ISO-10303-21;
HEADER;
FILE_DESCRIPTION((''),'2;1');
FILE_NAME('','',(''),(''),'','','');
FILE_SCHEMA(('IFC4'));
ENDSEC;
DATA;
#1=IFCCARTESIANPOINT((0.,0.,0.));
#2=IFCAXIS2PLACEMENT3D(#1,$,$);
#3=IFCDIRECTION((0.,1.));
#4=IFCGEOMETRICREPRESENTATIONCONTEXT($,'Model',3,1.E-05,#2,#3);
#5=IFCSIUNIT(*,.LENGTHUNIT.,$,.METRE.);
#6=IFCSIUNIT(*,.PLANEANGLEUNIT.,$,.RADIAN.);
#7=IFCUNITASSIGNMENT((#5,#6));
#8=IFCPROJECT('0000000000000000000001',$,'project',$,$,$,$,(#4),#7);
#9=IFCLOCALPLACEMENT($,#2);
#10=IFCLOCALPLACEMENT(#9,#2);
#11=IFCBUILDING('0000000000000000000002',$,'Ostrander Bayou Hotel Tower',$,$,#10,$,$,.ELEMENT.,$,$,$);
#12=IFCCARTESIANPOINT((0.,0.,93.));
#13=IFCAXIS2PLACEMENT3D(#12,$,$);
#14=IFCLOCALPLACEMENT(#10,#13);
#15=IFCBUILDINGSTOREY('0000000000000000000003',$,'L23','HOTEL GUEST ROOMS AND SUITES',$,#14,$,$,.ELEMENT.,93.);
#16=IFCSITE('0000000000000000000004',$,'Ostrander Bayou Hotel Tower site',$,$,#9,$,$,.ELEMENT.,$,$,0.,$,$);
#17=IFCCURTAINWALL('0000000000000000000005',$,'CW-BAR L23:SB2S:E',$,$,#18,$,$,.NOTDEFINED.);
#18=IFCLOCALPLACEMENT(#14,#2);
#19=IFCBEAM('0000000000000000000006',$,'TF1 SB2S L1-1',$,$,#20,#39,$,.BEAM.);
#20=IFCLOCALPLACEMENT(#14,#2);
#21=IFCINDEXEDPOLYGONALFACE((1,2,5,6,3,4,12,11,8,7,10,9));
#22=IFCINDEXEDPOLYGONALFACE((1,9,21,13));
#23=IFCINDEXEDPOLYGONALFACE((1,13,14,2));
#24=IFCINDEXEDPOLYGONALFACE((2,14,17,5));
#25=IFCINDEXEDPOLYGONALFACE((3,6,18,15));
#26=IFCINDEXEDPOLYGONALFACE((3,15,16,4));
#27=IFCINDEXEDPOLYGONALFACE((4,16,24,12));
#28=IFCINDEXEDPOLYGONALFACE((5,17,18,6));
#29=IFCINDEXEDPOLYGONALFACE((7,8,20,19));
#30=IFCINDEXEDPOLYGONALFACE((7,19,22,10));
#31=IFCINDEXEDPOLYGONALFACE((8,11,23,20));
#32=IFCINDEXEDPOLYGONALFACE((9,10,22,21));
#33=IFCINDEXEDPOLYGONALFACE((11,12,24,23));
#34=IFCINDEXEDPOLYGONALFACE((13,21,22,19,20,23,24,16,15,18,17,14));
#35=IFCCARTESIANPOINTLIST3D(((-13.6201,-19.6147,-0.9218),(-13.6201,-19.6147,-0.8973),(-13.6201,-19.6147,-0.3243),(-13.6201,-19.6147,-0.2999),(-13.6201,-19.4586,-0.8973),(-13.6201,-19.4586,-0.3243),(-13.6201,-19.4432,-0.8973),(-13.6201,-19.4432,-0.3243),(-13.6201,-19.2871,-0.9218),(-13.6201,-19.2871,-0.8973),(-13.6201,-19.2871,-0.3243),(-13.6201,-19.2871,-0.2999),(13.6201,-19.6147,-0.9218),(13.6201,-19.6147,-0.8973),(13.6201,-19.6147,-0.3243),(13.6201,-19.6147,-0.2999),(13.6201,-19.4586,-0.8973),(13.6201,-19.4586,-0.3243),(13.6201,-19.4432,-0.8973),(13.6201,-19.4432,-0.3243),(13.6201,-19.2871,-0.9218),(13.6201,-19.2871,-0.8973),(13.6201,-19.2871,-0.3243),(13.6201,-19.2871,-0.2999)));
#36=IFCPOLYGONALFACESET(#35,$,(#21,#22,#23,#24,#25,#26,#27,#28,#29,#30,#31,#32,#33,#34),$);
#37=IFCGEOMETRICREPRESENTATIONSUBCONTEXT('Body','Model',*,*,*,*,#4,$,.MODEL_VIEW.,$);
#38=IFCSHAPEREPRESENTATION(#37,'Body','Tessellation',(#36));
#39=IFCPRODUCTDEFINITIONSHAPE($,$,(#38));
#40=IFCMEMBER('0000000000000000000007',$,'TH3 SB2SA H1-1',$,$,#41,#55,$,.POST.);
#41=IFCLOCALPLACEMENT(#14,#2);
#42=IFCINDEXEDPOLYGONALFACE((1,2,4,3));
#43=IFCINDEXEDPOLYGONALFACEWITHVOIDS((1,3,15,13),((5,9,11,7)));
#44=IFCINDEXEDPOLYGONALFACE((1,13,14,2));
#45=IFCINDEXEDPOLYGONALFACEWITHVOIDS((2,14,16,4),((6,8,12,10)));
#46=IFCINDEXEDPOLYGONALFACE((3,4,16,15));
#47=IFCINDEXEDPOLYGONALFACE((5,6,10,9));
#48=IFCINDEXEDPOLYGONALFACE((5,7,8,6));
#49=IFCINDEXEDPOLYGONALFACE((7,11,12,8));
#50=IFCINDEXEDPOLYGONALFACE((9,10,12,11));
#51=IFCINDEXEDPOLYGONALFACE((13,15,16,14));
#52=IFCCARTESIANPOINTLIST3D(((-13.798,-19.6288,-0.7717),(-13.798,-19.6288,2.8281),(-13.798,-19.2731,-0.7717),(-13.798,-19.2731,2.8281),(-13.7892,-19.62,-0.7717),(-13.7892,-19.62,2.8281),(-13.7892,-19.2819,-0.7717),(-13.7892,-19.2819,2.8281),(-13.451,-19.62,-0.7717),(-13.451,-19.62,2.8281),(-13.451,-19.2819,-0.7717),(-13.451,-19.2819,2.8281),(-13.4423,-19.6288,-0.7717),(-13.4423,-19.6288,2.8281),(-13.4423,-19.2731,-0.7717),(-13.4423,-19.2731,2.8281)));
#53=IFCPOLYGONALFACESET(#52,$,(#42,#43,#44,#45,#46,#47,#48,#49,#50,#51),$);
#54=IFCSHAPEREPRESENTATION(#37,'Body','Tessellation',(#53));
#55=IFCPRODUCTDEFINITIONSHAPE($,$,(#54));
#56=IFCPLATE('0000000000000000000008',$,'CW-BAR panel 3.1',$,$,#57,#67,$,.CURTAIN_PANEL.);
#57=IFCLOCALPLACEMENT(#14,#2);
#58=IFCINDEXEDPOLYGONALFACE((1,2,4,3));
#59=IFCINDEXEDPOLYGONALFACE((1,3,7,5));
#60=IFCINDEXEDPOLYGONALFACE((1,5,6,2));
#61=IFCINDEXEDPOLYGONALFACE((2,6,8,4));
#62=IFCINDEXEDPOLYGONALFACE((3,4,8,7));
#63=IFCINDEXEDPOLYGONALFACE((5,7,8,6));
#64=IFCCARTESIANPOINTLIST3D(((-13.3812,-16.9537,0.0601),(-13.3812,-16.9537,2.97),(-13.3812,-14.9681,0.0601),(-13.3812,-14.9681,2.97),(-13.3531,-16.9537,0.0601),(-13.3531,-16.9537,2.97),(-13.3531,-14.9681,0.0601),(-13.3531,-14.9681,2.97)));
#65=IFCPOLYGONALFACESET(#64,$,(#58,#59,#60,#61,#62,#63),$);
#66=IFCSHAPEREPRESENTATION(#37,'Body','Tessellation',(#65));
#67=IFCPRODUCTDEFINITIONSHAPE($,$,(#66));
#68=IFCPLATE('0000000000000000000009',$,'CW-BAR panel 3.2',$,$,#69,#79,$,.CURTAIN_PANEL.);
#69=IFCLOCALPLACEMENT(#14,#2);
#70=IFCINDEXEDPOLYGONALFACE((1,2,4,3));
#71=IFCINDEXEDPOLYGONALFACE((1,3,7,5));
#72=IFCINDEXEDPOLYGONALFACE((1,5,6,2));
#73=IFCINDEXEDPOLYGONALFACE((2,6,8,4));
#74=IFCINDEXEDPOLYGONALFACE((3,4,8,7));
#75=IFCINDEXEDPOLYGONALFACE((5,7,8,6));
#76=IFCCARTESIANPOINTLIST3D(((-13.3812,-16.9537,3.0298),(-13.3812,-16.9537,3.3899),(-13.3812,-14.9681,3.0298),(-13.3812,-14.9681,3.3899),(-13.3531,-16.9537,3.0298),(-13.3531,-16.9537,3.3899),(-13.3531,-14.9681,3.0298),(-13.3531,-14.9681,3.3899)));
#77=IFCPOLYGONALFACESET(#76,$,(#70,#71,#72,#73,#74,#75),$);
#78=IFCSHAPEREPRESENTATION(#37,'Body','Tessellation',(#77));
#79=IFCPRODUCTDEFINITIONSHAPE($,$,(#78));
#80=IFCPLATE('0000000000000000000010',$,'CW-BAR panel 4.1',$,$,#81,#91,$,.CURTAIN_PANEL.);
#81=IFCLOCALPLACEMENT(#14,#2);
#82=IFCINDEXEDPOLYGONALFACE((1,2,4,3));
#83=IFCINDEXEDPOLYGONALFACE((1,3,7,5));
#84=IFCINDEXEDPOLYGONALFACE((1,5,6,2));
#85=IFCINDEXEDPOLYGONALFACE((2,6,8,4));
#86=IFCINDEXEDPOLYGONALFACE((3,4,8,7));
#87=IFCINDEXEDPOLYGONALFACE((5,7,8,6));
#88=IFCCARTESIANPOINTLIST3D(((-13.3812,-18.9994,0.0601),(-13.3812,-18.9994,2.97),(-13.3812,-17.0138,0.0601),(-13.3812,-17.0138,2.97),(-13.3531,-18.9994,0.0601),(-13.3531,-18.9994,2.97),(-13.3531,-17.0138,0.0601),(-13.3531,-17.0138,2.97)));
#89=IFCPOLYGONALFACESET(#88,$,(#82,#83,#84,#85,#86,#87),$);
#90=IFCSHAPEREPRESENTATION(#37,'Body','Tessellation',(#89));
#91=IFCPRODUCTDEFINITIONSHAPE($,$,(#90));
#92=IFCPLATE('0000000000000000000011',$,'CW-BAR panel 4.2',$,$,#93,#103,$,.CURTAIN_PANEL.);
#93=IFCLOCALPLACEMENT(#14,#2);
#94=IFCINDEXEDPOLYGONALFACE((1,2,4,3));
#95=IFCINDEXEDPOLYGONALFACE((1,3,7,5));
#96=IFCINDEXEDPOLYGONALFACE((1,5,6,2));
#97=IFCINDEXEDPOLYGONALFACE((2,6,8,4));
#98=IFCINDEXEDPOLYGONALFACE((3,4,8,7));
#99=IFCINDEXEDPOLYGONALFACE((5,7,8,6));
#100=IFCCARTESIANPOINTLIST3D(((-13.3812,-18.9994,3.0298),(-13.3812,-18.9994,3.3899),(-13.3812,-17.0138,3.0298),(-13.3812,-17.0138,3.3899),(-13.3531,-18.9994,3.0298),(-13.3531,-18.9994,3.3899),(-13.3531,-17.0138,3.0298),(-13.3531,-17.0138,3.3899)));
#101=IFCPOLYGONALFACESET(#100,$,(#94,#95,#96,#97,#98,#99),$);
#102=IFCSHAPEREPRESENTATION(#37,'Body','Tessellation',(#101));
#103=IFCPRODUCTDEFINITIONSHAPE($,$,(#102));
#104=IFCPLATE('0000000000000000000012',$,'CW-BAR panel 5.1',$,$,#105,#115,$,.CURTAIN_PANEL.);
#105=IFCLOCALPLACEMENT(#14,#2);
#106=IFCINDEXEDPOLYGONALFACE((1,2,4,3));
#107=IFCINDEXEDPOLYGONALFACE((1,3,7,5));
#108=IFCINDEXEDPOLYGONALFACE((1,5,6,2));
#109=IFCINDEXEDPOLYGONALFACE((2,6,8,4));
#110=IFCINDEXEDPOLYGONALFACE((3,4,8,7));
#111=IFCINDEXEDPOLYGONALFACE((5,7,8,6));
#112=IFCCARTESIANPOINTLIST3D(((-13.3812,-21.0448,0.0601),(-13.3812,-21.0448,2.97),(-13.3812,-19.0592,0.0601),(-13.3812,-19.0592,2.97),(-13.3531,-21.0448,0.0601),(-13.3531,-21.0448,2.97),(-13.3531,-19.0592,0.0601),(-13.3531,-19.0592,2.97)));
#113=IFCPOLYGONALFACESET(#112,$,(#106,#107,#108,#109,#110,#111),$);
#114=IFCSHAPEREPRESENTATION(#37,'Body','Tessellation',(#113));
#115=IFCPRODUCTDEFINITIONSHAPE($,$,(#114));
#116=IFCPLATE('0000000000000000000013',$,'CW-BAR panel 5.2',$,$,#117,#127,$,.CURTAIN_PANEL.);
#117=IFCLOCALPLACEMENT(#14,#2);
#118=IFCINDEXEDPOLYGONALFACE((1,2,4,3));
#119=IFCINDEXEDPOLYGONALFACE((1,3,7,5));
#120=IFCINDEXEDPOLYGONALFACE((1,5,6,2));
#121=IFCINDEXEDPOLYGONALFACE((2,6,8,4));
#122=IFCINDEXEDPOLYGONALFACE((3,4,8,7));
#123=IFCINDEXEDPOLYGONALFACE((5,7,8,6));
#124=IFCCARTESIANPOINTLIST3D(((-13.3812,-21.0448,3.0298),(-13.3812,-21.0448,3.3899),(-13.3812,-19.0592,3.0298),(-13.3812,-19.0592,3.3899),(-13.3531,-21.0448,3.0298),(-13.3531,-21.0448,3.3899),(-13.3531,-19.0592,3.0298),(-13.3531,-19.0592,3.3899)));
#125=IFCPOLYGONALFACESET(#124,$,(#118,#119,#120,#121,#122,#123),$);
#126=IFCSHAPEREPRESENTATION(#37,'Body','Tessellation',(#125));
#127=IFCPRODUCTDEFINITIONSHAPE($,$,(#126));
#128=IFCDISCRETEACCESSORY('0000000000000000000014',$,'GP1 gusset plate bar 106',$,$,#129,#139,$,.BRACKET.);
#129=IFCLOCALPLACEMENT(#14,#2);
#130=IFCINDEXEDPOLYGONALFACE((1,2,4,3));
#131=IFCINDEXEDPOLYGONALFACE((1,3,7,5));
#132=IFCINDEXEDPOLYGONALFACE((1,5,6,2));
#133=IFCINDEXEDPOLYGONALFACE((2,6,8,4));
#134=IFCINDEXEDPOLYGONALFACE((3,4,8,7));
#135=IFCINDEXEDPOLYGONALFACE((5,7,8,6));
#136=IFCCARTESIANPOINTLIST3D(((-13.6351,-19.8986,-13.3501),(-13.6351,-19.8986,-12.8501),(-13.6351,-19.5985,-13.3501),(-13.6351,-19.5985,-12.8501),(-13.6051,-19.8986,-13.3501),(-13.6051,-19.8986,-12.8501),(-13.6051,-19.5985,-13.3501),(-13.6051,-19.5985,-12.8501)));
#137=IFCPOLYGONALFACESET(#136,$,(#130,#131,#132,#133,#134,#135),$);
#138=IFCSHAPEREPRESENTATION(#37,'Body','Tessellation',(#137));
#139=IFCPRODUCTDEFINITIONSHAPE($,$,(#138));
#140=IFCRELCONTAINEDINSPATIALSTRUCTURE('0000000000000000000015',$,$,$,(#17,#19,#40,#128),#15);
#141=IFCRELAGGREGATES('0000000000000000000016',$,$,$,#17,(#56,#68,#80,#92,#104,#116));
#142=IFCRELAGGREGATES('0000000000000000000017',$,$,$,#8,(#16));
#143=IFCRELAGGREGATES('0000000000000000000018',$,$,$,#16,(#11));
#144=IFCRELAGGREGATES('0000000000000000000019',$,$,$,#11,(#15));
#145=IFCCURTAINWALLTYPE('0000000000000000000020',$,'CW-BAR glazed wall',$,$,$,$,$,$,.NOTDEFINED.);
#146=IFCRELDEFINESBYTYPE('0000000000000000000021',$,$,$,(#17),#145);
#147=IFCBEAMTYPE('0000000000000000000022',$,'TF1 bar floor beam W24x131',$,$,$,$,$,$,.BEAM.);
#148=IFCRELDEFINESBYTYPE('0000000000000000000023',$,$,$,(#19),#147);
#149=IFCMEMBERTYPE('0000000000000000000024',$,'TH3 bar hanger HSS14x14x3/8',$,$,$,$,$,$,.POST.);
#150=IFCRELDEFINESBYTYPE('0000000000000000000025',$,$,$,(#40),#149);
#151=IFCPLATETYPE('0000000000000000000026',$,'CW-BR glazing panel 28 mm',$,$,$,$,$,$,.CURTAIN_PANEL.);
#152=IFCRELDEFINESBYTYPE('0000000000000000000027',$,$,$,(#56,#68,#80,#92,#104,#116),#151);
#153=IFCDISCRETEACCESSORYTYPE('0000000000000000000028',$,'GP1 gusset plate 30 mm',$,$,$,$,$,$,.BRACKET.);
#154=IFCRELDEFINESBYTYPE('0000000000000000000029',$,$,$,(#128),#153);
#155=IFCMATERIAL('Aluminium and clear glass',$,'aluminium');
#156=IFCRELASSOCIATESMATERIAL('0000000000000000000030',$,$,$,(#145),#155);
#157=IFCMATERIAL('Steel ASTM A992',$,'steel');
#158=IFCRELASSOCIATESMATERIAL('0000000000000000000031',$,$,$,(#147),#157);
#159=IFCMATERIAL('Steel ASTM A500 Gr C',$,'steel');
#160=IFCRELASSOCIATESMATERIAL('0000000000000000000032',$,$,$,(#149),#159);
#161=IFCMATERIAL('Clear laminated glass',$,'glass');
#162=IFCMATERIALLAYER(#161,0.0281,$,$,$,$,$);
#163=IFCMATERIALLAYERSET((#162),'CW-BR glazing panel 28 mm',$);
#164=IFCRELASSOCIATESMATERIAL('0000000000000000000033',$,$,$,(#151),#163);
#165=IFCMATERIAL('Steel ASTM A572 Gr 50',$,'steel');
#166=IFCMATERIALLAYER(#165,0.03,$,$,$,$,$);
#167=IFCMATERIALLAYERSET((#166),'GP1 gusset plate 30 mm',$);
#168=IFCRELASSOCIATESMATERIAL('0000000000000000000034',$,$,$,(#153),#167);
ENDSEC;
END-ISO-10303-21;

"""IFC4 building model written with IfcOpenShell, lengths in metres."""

from ifc_helpers import new_model, si_unit, direction, frame, origin, origin_2d, place, context, subcontext, project, spatial, rectangle, hollow_rectangle, i_section, extrude, material, layer, layer_set, material_profile, profile_set, type_object, element, aggregate, save


model = new_model("IFC4")

# Units and contexts
model_context = context("Model", 3, precision=1e-05, world=origin(), true_north=direction((0.0, 1.0)))
body_context = subcontext(model_context, "Body", "Model", "MODEL_VIEW")
ifc_project = project(units=[si_unit("LENGTHUNIT", "METRE"), si_unit("PLANEANGLEUNIT", "RADIAN")], contexts=[model_context])

# Site, building, storey
site_placement = place(None, origin())
site = spatial("IfcSite", under=ifc_project, at=site_placement, Name="Ostrander Bayou Hotel Tower site", CompositionType="ELEMENT", RefElevation=0.0)
building_placement = place(site_placement, origin())
building = spatial("IfcBuilding", under=site, at=building_placement, Name="Ostrander Bayou Hotel Tower", CompositionType="ELEMENT")
storey_placement = place(building_placement, frame((0.0, 0.0, 93.0)))
storey = spatial("IfcBuildingStorey", under=building, at=storey_placement, Name="L23", Description="HOTEL GUEST ROOMS AND SUITES", CompositionType="ELEMENT", Elevation=93.0)

# Curtain wall
ifc_material_1 = material(Name="Aluminium and clear glass", Category="aluminium")
curtain_wall_type = type_object("IfcCurtainWallType", Name="CW-BAR glazed wall", PredefinedType="NOTDEFINED", material=ifc_material_1)
curtain_wall_placement = place(storey_placement, origin())
curtain_wall = element("IfcCurtainWall", 1, at=curtain_wall_placement, inside=storey, type_object=curtain_wall_type, Name="CW-BAR L23:SB2S:E", PredefinedType="NOTDEFINED")

# Beam
ifc_material_2 = material(Name="Steel ASTM A992", Category="steel")
ifc_material_profile_1 = material_profile(ifc_material_2, i_section(OverallWidth=0.3276, OverallDepth=0.6218, WebThickness=0.0154, FlangeThickness=0.0244, at=origin_2d()))
ifc_profile_set_1 = profile_set([ifc_material_profile_1], Name="Steel ASTM A992")
beam_type = type_object("IfcBeamType", Name="TF1 bar floor beam W24x131", PredefinedType="BEAM", material=ifc_profile_set_1)
beam_placement = place(storey_placement, frame((-13.6201, -19.4509, -0.6108), z_axis=(1.0, 0.0, 0.0), x_axis=(0.0, 1.0, 0.0)))
element("IfcBeam", 2, at=beam_placement, inside=storey, type_object=beam_type, Name="TF1 SB2S L1-1", PredefinedType="BEAM", context=body_context, shape_type="SweptSolid", body=[
    extrude(i_section(OverallWidth=0.3276, OverallDepth=0.6218, WebThickness=0.0154, FlangeThickness=0.0244, at=origin_2d()), origin(), (0.0, 0.0, 1.0), 27.2402),
])

# Member
ifc_material_3 = material(Name="Steel ASTM A500 Gr C", Category="steel")
ifc_material_profile_2 = material_profile(ifc_material_3, hollow_rectangle(XDim=0.3557, YDim=0.3557, WallThickness=0.0088, at=origin_2d()))
ifc_profile_set_2 = profile_set([ifc_material_profile_2], Name="Steel ASTM A500 Gr C")
member_type_1 = type_object("IfcMemberType", Name="TH3 bar hanger HSS14x14x3/8", PredefinedType="POST", material=ifc_profile_set_2)
member_1_placement = place(storey_placement, frame((-13.6201, -19.4509, -0.7717), z_axis=(0.0, 0.0, 1.0), x_axis=(1.0, 0.0, 0.0)))
element("IfcMember", 3, at=member_1_placement, inside=storey, type_object=member_type_1, Name="TH3 SB2SA H1-1", PredefinedType="POST", context=body_context, shape_type="SweptSolid", body=[
    extrude(hollow_rectangle(XDim=0.3557, YDim=0.3557, WallThickness=0.0088, at=origin_2d()), origin(), (0.0, 0.0, 1.0), 3.5999),
])

# Plates
ifc_material_4 = material(Name="Clear laminated glass", Category="glass")
ifc_layer_1 = layer(ifc_material_4, 0.0281)
ifc_layer_set_1 = layer_set([ifc_layer_1], Name="CW-BR glazing panel 28 mm")
plate_type = type_object("IfcPlateType", Name="CW-BR glazing panel 28 mm", PredefinedType="CURTAIN_PANEL", material=ifc_layer_set_1)
plate_1_placement = place(storey_placement, frame((-13.3672, -15.9609, 0.0601), z_axis=(0.0, 0.0, 1.0), x_axis=(0.0, -1.0, 0.0)))
plate_1 = element("IfcPlate", 4, at=plate_1_placement, type_object=plate_type, Name="CW-BAR panel 3.1", PredefinedType="CURTAIN_PANEL", context=body_context, shape_type="SweptSolid", body=[
    extrude(rectangle(XDim=1.9856, YDim=0.0281, at=origin_2d()), origin(), (0.0, 0.0, 1.0), 2.9099),
])
plate_2_placement = place(storey_placement, frame((-13.3672, -15.9609, 3.0298), z_axis=(0.0, 0.0, 1.0), x_axis=(0.0, -1.0, 0.0)))
plate_2 = element("IfcPlate", 5, at=plate_2_placement, type_object=plate_type, Name="CW-BAR panel 3.2", PredefinedType="CURTAIN_PANEL", context=body_context, shape_type="SweptSolid", body=[
    extrude(rectangle(XDim=1.9856, YDim=0.0281, at=origin_2d()), origin(), (0.0, 0.0, 1.0), 0.3601),
])
plate_3_placement = place(storey_placement, frame((-13.3672, -18.0066, 0.0601), z_axis=(0.0, 0.0, 1.0), x_axis=(0.0, -1.0, 0.0)))
plate_3 = element("IfcPlate", 6, at=plate_3_placement, type_object=plate_type, Name="CW-BAR panel 4.1", PredefinedType="CURTAIN_PANEL", context=body_context, shape_type="SweptSolid", body=[
    extrude(rectangle(XDim=1.9856, YDim=0.0281, at=origin_2d()), origin(), (0.0, 0.0, 1.0), 2.9099),
])
plate_4_placement = place(storey_placement, frame((-13.3672, -18.0066, 3.0298), z_axis=(0.0, 0.0, 1.0), x_axis=(0.0, -1.0, 0.0)))
plate_4 = element("IfcPlate", 7, at=plate_4_placement, type_object=plate_type, Name="CW-BAR panel 4.2", PredefinedType="CURTAIN_PANEL", context=body_context, shape_type="SweptSolid", body=[
    extrude(rectangle(XDim=1.9856, YDim=0.0281, at=origin_2d()), origin(), (0.0, 0.0, 1.0), 0.3601),
])
plate_5_placement = place(storey_placement, frame((-13.3672, -20.052, 0.0601), z_axis=(0.0, 0.0, 1.0), x_axis=(0.0, -1.0, 0.0)))
plate_5 = element("IfcPlate", 8, at=plate_5_placement, type_object=plate_type, Name="CW-BAR panel 5.1", PredefinedType="CURTAIN_PANEL", context=body_context, shape_type="SweptSolid", body=[
    extrude(rectangle(XDim=1.9856, YDim=0.0281, at=origin_2d()), origin(), (0.0, 0.0, 1.0), 2.9099),
])
plate_6_placement = place(storey_placement, frame((-13.3672, -20.052, 3.0298), z_axis=(0.0, 0.0, 1.0), x_axis=(0.0, -1.0, 0.0)))
plate_6 = element("IfcPlate", 9, at=plate_6_placement, type_object=plate_type, Name="CW-BAR panel 5.2", PredefinedType="CURTAIN_PANEL", context=body_context, shape_type="SweptSolid", body=[
    extrude(rectangle(XDim=1.9856, YDim=0.0281, at=origin_2d()), origin(), (0.0, 0.0, 1.0), 0.3601),
])
aggregate(curtain_wall, [plate_1, plate_2, plate_3, plate_4, plate_5, plate_6])

# Discrete accessory
ifc_material_5 = material(Name="Steel ASTM A572 Gr 50", Category="steel")
ifc_layer_2 = layer(ifc_material_5, 0.03)
ifc_layer_set_2 = layer_set([ifc_layer_2], Name="GP1 gusset plate 30 mm")
discrete_accessory_type = type_object("IfcDiscreteAccessoryType", Name="GP1 gusset plate 30 mm", PredefinedType="BRACKET", material=ifc_layer_set_2)
discrete_accessory_placement = place(storey_placement, frame((-13.6201, -19.7485, -13.3501), z_axis=(0.0, 0.0, 1.0), x_axis=(0.0, 1.0, 0.0)))
element("IfcDiscreteAccessory", 10, at=discrete_accessory_placement, inside=storey, type_object=discrete_accessory_type, Name="GP1 gusset plate bar 106", PredefinedType="BRACKET", context=body_context, shape_type="SweptSolid", body=[
    extrude(rectangle(XDim=0.3, YDim=0.03, at=origin_2d()), origin(), (0.0, 0.0, 1.0), 0.5),
])

save(model, "model.ifc")
